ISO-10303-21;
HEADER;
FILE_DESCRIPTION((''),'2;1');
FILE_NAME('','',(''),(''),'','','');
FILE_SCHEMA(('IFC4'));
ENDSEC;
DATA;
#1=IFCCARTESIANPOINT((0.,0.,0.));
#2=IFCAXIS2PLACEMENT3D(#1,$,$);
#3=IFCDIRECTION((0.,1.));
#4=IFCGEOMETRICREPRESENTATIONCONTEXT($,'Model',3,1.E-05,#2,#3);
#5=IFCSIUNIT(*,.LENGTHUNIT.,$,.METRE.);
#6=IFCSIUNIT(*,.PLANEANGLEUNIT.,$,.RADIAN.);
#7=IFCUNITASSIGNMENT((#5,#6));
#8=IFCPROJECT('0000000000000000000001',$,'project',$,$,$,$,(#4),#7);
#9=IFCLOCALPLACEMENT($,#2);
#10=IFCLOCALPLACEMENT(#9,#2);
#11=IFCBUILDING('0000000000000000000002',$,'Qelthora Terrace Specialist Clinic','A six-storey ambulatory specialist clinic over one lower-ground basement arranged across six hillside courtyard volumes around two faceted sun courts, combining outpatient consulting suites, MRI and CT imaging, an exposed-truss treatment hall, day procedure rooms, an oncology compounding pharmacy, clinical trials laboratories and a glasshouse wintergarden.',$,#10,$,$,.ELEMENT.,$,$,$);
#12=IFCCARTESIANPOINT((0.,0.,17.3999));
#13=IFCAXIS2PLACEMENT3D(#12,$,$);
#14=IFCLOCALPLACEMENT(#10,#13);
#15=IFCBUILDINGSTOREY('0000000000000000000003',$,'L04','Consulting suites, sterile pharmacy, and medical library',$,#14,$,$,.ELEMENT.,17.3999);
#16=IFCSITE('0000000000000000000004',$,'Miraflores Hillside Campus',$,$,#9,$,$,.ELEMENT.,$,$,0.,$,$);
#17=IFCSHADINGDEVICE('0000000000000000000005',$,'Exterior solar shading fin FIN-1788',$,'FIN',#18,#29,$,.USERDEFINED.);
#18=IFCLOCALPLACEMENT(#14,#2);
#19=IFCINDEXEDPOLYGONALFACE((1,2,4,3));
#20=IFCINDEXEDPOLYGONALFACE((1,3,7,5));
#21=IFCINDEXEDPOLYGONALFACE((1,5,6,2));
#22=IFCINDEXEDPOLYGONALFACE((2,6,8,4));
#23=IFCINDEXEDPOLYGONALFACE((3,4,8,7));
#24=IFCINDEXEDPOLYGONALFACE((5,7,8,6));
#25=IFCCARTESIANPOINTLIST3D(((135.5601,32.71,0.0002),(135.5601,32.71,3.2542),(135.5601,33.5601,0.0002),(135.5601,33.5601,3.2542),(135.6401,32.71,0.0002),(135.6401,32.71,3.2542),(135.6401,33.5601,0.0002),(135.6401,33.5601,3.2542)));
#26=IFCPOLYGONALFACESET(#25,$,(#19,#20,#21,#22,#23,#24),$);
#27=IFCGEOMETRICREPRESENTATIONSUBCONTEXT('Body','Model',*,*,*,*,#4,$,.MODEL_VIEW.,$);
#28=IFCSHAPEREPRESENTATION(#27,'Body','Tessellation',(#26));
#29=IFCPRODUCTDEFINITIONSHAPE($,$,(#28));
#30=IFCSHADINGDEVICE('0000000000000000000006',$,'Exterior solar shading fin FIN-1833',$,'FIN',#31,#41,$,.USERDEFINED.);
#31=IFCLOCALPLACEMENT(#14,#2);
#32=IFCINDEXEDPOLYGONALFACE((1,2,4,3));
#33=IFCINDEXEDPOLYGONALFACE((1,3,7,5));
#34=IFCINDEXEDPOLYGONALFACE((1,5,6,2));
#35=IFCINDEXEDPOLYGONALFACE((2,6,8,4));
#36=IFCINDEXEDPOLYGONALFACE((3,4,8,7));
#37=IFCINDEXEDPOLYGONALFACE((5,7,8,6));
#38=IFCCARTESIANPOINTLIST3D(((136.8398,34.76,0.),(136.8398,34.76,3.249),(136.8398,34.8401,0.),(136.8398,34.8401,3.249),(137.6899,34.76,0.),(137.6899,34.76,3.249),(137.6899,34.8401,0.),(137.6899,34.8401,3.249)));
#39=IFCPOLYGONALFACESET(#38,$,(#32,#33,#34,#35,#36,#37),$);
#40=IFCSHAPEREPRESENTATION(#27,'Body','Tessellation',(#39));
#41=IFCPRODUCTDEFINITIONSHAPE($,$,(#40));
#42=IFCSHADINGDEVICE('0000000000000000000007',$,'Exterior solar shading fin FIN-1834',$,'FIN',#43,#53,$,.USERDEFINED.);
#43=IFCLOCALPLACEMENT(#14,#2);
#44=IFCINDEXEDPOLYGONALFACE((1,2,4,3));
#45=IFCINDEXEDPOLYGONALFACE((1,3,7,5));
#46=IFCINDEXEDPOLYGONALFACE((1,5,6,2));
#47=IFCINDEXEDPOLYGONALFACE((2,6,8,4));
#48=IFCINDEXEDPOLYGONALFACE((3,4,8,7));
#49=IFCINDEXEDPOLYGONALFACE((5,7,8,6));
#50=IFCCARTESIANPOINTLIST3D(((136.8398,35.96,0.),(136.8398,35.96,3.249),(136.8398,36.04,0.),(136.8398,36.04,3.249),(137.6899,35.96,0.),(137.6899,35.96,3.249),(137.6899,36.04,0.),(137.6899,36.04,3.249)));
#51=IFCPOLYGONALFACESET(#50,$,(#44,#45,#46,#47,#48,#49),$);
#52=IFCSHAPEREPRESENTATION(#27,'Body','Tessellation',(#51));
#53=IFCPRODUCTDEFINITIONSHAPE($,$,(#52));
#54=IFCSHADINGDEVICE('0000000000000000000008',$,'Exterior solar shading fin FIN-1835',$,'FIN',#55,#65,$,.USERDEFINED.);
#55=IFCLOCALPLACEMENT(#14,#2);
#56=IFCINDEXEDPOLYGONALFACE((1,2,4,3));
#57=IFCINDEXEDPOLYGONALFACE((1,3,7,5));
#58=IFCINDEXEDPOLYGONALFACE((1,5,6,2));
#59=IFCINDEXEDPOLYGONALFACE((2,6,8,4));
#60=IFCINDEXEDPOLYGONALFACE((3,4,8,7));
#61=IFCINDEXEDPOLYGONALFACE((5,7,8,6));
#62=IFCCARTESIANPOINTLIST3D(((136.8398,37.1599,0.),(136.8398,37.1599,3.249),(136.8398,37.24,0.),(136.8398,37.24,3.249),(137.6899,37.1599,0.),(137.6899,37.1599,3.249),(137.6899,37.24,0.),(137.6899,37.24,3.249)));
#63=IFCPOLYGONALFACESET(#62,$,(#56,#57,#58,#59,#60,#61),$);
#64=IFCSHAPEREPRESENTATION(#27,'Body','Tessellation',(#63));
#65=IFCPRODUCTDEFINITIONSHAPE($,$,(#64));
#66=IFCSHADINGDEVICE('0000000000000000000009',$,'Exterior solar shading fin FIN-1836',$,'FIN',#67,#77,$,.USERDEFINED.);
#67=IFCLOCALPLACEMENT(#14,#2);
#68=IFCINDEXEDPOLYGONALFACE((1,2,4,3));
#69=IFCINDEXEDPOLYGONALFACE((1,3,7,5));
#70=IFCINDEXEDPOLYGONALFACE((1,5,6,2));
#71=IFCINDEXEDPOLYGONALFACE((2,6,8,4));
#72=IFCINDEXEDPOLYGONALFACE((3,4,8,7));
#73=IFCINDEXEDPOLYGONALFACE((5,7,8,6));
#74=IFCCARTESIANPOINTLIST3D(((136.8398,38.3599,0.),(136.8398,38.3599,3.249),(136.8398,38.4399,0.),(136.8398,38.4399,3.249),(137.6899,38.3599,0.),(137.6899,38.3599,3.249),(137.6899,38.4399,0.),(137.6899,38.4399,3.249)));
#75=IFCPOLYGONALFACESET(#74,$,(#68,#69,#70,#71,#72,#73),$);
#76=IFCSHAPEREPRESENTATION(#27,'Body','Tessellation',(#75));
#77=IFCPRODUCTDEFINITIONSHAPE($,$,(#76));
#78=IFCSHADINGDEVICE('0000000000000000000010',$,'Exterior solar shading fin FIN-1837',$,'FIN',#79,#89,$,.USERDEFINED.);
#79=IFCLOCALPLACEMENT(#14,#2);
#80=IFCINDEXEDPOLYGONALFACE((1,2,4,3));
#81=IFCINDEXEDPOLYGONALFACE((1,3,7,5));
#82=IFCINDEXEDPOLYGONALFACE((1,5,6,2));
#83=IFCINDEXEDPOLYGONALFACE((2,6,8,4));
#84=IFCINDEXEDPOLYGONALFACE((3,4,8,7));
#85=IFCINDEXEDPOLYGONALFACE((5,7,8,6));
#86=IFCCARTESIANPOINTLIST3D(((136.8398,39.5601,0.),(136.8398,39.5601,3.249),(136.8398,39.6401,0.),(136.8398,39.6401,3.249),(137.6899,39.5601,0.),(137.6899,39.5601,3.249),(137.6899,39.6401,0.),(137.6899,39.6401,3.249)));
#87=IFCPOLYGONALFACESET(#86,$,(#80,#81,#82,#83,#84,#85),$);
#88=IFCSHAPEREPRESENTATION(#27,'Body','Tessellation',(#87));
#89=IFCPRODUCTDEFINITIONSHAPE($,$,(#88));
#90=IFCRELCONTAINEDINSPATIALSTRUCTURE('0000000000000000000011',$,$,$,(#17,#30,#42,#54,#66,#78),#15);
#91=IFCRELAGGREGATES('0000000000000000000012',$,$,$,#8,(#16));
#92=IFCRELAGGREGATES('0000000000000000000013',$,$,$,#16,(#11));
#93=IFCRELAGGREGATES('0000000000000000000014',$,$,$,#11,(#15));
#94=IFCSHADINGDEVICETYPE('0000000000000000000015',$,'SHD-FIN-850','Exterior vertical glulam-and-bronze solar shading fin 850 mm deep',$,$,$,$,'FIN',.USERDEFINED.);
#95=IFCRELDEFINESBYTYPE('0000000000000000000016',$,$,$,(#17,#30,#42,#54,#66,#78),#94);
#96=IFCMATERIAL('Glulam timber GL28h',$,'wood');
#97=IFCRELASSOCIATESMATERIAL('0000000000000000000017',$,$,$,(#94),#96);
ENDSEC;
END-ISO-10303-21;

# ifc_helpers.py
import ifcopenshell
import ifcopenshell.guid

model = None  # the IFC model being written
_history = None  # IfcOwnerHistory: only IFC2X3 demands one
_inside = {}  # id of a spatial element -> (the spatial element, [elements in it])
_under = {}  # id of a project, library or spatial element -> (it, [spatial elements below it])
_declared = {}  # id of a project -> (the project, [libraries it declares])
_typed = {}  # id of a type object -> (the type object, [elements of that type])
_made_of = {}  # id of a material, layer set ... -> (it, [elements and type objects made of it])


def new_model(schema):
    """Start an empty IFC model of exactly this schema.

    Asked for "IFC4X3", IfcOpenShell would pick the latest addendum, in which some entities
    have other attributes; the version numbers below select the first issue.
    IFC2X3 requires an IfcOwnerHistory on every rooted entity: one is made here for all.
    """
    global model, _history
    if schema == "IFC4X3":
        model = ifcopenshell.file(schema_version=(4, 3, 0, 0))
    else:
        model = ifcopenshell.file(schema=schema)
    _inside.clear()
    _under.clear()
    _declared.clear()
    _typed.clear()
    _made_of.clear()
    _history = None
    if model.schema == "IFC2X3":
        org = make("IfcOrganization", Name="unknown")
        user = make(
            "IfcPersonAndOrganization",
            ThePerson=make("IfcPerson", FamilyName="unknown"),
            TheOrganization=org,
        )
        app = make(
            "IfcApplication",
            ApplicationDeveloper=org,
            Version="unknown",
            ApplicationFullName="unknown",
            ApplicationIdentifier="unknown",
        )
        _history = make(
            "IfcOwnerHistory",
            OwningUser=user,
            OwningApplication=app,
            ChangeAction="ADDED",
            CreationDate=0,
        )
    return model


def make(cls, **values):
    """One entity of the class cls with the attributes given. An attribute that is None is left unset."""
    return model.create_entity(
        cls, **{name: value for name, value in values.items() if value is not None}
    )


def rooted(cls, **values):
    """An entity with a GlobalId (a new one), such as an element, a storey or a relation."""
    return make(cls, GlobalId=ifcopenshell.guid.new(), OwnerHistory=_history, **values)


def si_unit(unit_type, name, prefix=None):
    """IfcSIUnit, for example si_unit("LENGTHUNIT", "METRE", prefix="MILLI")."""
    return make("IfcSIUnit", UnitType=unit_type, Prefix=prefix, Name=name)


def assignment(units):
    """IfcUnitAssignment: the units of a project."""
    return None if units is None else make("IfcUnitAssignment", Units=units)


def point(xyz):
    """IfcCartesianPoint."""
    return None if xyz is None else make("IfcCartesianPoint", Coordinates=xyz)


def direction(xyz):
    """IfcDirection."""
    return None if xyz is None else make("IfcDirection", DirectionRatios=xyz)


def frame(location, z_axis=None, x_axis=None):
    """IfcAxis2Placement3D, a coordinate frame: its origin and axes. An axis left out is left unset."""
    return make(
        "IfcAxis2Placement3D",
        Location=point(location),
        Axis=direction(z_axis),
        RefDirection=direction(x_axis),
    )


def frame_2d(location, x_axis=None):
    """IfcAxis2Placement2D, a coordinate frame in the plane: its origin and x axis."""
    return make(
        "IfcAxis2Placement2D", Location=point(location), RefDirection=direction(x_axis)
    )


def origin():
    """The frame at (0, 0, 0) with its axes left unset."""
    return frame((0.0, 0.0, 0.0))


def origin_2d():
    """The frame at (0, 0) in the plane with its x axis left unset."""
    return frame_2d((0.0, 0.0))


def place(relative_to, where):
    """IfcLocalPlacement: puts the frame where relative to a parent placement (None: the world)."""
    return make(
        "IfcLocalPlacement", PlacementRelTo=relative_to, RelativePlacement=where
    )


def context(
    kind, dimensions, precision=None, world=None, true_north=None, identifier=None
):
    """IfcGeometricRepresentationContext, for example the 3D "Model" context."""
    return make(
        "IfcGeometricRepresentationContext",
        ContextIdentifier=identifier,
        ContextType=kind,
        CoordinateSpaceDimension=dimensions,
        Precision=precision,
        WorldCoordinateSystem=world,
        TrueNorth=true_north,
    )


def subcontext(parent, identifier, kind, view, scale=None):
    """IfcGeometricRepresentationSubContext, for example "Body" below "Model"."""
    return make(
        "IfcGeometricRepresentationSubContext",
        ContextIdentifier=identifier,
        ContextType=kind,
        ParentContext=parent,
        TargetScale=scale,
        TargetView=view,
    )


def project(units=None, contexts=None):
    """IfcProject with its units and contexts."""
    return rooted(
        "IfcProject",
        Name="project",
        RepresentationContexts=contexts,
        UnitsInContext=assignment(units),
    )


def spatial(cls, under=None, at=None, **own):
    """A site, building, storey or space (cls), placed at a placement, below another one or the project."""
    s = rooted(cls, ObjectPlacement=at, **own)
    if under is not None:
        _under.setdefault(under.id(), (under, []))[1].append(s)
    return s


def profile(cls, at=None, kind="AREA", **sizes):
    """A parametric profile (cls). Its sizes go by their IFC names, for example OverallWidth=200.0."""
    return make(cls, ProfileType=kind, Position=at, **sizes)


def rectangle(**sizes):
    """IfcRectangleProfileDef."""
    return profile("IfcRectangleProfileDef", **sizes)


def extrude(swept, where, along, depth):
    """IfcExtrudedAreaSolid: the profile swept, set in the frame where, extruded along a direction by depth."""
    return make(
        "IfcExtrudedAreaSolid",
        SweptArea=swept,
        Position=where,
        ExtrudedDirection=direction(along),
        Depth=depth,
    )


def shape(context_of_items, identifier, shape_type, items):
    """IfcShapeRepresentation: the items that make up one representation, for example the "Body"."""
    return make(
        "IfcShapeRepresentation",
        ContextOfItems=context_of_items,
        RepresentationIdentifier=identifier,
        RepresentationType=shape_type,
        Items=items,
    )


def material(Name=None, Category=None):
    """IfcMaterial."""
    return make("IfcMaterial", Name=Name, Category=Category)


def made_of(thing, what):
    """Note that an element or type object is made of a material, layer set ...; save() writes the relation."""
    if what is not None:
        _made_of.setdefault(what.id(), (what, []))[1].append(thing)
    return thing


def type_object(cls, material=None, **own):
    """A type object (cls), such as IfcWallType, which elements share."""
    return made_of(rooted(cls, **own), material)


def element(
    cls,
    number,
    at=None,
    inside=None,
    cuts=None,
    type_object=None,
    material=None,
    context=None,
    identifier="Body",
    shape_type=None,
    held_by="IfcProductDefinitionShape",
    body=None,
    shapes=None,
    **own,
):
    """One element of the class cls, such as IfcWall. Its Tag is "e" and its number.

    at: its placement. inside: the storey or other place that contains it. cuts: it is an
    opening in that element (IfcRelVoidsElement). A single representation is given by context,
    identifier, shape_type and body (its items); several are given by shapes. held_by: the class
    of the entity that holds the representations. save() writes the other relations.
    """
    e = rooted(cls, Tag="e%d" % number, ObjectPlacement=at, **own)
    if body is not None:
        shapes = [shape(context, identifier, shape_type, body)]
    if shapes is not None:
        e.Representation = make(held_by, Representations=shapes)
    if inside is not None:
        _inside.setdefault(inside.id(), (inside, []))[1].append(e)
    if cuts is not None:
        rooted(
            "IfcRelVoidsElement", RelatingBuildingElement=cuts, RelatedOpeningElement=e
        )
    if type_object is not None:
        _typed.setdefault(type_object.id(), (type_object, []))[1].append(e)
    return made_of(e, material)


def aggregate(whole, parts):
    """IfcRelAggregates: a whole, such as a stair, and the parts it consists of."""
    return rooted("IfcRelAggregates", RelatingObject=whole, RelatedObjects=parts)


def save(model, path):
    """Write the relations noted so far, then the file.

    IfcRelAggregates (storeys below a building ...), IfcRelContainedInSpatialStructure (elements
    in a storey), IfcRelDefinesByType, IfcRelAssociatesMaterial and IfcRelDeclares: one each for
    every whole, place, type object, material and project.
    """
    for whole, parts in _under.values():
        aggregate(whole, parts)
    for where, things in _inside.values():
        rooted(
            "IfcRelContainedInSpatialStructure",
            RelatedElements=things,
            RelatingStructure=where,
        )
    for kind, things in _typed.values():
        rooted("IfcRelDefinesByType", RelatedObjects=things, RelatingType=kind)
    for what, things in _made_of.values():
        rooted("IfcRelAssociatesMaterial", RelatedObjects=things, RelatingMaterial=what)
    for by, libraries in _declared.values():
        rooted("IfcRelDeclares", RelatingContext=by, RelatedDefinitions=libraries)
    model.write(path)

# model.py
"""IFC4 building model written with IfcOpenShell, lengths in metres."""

from ifc_helpers import new_model, si_unit, direction, frame, origin, origin_2d, place, context, subcontext, project, spatial, rectangle, extrude, material, type_object, element, save


model = new_model("IFC4")

# Units and contexts
model_context = context("Model", 3, precision=1e-05, world=origin(), true_north=direction((0.0, 1.0)))
body_context = subcontext(model_context, "Body", "Model", "MODEL_VIEW")
ifc_project = project(units=[si_unit("LENGTHUNIT", "METRE"), si_unit("PLANEANGLEUNIT", "RADIAN")], contexts=[model_context])

# Site, building, storey
site_placement = place(None, origin())
site = spatial("IfcSite", under=ifc_project, at=site_placement, Name="Miraflores Hillside Campus", CompositionType="ELEMENT", RefElevation=0.0)
building_placement = place(site_placement, origin())
building = spatial("IfcBuilding", under=site, at=building_placement, Name="Qelthora Terrace Specialist Clinic", Description="A six-storey ambulatory specialist clinic over one lower-ground basement arranged across six hillside courtyard volumes around two faceted sun courts, combining outpatient consulting suites, MRI and CT imaging, an exposed-truss treatment hall, day procedure rooms, an oncology compounding pharmacy, clinical trials laboratories and a glasshouse wintergarden.", CompositionType="ELEMENT")
storey_placement = place(building_placement, frame((0.0, 0.0, 17.3999)))
storey = spatial("IfcBuildingStorey", under=building, at=storey_placement, Name="L04", Description="Consulting suites, sterile pharmacy, and medical library", CompositionType="ELEMENT", Elevation=17.3999)

# Shared definitions
ifc_material_1 = material(Name="Glulam timber GL28h", Category="wood")

# Shading devices
shading_device_type = type_object("IfcShadingDeviceType", Name="SHD-FIN-850", Description="Exterior vertical glulam-and-bronze solar shading fin 850 mm deep", ElementType="FIN", PredefinedType="USERDEFINED", material=ifc_material_1)
for number, where, z_axis, x_axis, name in (
    (1, (135.6001, 33.135, 0.0002), (0.0, 0.0, 1.0), (0.0, -1.0, 0.0), "Exterior solar shading fin FIN-1788"),
):
    element("IfcShadingDevice", number, at=place(storey_placement, frame(where, z_axis=z_axis, x_axis=x_axis)), inside=storey, type_object=shading_device_type, Name=name, ObjectType="FIN", PredefinedType="USERDEFINED", context=body_context, shape_type="SweptSolid", body=[
        extrude(rectangle(XDim=0.8501, YDim=0.0801, at=origin_2d()), origin(), (0.0, 0.0, 1.0), 3.2539),
    ])
for number, where, z_axis, x_axis, name in (
    (2, (137.2649, 34.8, 0.0), (0.0, 0.0, 1.0), (1.0, 0.0, 0.0), "Exterior solar shading fin FIN-1833"),
    (3, (137.2649, 36.0, 0.0), (0.0, 0.0, 1.0), (1.0, 0.0, 0.0), "Exterior solar shading fin FIN-1834"),
    (4, (137.2649, 37.2, 0.0), (0.0, 0.0, 1.0), (1.0, 0.0, 0.0), "Exterior solar shading fin FIN-1835"),
    (5, (137.2649, 38.3999, 0.0), (0.0, 0.0, 1.0), (1.0, 0.0, 0.0), "Exterior solar shading fin FIN-1836"),
    (6, (137.2649, 39.6001, 0.0), (0.0, 0.0, 1.0), (1.0, 0.0, 0.0), "Exterior solar shading fin FIN-1837"),
):
    element("IfcShadingDevice", number, at=place(storey_placement, frame(where, z_axis=z_axis, x_axis=x_axis)), inside=storey, type_object=shading_device_type, Name=name, ObjectType="FIN", PredefinedType="USERDEFINED", context=body_context, shape_type="SweptSolid", body=[
        extrude(rectangle(XDim=0.8501, YDim=0.0801, at=origin_2d()), origin(), (0.0, 0.0, 1.0), 3.249),
    ])

save(model, "model.ifc")
